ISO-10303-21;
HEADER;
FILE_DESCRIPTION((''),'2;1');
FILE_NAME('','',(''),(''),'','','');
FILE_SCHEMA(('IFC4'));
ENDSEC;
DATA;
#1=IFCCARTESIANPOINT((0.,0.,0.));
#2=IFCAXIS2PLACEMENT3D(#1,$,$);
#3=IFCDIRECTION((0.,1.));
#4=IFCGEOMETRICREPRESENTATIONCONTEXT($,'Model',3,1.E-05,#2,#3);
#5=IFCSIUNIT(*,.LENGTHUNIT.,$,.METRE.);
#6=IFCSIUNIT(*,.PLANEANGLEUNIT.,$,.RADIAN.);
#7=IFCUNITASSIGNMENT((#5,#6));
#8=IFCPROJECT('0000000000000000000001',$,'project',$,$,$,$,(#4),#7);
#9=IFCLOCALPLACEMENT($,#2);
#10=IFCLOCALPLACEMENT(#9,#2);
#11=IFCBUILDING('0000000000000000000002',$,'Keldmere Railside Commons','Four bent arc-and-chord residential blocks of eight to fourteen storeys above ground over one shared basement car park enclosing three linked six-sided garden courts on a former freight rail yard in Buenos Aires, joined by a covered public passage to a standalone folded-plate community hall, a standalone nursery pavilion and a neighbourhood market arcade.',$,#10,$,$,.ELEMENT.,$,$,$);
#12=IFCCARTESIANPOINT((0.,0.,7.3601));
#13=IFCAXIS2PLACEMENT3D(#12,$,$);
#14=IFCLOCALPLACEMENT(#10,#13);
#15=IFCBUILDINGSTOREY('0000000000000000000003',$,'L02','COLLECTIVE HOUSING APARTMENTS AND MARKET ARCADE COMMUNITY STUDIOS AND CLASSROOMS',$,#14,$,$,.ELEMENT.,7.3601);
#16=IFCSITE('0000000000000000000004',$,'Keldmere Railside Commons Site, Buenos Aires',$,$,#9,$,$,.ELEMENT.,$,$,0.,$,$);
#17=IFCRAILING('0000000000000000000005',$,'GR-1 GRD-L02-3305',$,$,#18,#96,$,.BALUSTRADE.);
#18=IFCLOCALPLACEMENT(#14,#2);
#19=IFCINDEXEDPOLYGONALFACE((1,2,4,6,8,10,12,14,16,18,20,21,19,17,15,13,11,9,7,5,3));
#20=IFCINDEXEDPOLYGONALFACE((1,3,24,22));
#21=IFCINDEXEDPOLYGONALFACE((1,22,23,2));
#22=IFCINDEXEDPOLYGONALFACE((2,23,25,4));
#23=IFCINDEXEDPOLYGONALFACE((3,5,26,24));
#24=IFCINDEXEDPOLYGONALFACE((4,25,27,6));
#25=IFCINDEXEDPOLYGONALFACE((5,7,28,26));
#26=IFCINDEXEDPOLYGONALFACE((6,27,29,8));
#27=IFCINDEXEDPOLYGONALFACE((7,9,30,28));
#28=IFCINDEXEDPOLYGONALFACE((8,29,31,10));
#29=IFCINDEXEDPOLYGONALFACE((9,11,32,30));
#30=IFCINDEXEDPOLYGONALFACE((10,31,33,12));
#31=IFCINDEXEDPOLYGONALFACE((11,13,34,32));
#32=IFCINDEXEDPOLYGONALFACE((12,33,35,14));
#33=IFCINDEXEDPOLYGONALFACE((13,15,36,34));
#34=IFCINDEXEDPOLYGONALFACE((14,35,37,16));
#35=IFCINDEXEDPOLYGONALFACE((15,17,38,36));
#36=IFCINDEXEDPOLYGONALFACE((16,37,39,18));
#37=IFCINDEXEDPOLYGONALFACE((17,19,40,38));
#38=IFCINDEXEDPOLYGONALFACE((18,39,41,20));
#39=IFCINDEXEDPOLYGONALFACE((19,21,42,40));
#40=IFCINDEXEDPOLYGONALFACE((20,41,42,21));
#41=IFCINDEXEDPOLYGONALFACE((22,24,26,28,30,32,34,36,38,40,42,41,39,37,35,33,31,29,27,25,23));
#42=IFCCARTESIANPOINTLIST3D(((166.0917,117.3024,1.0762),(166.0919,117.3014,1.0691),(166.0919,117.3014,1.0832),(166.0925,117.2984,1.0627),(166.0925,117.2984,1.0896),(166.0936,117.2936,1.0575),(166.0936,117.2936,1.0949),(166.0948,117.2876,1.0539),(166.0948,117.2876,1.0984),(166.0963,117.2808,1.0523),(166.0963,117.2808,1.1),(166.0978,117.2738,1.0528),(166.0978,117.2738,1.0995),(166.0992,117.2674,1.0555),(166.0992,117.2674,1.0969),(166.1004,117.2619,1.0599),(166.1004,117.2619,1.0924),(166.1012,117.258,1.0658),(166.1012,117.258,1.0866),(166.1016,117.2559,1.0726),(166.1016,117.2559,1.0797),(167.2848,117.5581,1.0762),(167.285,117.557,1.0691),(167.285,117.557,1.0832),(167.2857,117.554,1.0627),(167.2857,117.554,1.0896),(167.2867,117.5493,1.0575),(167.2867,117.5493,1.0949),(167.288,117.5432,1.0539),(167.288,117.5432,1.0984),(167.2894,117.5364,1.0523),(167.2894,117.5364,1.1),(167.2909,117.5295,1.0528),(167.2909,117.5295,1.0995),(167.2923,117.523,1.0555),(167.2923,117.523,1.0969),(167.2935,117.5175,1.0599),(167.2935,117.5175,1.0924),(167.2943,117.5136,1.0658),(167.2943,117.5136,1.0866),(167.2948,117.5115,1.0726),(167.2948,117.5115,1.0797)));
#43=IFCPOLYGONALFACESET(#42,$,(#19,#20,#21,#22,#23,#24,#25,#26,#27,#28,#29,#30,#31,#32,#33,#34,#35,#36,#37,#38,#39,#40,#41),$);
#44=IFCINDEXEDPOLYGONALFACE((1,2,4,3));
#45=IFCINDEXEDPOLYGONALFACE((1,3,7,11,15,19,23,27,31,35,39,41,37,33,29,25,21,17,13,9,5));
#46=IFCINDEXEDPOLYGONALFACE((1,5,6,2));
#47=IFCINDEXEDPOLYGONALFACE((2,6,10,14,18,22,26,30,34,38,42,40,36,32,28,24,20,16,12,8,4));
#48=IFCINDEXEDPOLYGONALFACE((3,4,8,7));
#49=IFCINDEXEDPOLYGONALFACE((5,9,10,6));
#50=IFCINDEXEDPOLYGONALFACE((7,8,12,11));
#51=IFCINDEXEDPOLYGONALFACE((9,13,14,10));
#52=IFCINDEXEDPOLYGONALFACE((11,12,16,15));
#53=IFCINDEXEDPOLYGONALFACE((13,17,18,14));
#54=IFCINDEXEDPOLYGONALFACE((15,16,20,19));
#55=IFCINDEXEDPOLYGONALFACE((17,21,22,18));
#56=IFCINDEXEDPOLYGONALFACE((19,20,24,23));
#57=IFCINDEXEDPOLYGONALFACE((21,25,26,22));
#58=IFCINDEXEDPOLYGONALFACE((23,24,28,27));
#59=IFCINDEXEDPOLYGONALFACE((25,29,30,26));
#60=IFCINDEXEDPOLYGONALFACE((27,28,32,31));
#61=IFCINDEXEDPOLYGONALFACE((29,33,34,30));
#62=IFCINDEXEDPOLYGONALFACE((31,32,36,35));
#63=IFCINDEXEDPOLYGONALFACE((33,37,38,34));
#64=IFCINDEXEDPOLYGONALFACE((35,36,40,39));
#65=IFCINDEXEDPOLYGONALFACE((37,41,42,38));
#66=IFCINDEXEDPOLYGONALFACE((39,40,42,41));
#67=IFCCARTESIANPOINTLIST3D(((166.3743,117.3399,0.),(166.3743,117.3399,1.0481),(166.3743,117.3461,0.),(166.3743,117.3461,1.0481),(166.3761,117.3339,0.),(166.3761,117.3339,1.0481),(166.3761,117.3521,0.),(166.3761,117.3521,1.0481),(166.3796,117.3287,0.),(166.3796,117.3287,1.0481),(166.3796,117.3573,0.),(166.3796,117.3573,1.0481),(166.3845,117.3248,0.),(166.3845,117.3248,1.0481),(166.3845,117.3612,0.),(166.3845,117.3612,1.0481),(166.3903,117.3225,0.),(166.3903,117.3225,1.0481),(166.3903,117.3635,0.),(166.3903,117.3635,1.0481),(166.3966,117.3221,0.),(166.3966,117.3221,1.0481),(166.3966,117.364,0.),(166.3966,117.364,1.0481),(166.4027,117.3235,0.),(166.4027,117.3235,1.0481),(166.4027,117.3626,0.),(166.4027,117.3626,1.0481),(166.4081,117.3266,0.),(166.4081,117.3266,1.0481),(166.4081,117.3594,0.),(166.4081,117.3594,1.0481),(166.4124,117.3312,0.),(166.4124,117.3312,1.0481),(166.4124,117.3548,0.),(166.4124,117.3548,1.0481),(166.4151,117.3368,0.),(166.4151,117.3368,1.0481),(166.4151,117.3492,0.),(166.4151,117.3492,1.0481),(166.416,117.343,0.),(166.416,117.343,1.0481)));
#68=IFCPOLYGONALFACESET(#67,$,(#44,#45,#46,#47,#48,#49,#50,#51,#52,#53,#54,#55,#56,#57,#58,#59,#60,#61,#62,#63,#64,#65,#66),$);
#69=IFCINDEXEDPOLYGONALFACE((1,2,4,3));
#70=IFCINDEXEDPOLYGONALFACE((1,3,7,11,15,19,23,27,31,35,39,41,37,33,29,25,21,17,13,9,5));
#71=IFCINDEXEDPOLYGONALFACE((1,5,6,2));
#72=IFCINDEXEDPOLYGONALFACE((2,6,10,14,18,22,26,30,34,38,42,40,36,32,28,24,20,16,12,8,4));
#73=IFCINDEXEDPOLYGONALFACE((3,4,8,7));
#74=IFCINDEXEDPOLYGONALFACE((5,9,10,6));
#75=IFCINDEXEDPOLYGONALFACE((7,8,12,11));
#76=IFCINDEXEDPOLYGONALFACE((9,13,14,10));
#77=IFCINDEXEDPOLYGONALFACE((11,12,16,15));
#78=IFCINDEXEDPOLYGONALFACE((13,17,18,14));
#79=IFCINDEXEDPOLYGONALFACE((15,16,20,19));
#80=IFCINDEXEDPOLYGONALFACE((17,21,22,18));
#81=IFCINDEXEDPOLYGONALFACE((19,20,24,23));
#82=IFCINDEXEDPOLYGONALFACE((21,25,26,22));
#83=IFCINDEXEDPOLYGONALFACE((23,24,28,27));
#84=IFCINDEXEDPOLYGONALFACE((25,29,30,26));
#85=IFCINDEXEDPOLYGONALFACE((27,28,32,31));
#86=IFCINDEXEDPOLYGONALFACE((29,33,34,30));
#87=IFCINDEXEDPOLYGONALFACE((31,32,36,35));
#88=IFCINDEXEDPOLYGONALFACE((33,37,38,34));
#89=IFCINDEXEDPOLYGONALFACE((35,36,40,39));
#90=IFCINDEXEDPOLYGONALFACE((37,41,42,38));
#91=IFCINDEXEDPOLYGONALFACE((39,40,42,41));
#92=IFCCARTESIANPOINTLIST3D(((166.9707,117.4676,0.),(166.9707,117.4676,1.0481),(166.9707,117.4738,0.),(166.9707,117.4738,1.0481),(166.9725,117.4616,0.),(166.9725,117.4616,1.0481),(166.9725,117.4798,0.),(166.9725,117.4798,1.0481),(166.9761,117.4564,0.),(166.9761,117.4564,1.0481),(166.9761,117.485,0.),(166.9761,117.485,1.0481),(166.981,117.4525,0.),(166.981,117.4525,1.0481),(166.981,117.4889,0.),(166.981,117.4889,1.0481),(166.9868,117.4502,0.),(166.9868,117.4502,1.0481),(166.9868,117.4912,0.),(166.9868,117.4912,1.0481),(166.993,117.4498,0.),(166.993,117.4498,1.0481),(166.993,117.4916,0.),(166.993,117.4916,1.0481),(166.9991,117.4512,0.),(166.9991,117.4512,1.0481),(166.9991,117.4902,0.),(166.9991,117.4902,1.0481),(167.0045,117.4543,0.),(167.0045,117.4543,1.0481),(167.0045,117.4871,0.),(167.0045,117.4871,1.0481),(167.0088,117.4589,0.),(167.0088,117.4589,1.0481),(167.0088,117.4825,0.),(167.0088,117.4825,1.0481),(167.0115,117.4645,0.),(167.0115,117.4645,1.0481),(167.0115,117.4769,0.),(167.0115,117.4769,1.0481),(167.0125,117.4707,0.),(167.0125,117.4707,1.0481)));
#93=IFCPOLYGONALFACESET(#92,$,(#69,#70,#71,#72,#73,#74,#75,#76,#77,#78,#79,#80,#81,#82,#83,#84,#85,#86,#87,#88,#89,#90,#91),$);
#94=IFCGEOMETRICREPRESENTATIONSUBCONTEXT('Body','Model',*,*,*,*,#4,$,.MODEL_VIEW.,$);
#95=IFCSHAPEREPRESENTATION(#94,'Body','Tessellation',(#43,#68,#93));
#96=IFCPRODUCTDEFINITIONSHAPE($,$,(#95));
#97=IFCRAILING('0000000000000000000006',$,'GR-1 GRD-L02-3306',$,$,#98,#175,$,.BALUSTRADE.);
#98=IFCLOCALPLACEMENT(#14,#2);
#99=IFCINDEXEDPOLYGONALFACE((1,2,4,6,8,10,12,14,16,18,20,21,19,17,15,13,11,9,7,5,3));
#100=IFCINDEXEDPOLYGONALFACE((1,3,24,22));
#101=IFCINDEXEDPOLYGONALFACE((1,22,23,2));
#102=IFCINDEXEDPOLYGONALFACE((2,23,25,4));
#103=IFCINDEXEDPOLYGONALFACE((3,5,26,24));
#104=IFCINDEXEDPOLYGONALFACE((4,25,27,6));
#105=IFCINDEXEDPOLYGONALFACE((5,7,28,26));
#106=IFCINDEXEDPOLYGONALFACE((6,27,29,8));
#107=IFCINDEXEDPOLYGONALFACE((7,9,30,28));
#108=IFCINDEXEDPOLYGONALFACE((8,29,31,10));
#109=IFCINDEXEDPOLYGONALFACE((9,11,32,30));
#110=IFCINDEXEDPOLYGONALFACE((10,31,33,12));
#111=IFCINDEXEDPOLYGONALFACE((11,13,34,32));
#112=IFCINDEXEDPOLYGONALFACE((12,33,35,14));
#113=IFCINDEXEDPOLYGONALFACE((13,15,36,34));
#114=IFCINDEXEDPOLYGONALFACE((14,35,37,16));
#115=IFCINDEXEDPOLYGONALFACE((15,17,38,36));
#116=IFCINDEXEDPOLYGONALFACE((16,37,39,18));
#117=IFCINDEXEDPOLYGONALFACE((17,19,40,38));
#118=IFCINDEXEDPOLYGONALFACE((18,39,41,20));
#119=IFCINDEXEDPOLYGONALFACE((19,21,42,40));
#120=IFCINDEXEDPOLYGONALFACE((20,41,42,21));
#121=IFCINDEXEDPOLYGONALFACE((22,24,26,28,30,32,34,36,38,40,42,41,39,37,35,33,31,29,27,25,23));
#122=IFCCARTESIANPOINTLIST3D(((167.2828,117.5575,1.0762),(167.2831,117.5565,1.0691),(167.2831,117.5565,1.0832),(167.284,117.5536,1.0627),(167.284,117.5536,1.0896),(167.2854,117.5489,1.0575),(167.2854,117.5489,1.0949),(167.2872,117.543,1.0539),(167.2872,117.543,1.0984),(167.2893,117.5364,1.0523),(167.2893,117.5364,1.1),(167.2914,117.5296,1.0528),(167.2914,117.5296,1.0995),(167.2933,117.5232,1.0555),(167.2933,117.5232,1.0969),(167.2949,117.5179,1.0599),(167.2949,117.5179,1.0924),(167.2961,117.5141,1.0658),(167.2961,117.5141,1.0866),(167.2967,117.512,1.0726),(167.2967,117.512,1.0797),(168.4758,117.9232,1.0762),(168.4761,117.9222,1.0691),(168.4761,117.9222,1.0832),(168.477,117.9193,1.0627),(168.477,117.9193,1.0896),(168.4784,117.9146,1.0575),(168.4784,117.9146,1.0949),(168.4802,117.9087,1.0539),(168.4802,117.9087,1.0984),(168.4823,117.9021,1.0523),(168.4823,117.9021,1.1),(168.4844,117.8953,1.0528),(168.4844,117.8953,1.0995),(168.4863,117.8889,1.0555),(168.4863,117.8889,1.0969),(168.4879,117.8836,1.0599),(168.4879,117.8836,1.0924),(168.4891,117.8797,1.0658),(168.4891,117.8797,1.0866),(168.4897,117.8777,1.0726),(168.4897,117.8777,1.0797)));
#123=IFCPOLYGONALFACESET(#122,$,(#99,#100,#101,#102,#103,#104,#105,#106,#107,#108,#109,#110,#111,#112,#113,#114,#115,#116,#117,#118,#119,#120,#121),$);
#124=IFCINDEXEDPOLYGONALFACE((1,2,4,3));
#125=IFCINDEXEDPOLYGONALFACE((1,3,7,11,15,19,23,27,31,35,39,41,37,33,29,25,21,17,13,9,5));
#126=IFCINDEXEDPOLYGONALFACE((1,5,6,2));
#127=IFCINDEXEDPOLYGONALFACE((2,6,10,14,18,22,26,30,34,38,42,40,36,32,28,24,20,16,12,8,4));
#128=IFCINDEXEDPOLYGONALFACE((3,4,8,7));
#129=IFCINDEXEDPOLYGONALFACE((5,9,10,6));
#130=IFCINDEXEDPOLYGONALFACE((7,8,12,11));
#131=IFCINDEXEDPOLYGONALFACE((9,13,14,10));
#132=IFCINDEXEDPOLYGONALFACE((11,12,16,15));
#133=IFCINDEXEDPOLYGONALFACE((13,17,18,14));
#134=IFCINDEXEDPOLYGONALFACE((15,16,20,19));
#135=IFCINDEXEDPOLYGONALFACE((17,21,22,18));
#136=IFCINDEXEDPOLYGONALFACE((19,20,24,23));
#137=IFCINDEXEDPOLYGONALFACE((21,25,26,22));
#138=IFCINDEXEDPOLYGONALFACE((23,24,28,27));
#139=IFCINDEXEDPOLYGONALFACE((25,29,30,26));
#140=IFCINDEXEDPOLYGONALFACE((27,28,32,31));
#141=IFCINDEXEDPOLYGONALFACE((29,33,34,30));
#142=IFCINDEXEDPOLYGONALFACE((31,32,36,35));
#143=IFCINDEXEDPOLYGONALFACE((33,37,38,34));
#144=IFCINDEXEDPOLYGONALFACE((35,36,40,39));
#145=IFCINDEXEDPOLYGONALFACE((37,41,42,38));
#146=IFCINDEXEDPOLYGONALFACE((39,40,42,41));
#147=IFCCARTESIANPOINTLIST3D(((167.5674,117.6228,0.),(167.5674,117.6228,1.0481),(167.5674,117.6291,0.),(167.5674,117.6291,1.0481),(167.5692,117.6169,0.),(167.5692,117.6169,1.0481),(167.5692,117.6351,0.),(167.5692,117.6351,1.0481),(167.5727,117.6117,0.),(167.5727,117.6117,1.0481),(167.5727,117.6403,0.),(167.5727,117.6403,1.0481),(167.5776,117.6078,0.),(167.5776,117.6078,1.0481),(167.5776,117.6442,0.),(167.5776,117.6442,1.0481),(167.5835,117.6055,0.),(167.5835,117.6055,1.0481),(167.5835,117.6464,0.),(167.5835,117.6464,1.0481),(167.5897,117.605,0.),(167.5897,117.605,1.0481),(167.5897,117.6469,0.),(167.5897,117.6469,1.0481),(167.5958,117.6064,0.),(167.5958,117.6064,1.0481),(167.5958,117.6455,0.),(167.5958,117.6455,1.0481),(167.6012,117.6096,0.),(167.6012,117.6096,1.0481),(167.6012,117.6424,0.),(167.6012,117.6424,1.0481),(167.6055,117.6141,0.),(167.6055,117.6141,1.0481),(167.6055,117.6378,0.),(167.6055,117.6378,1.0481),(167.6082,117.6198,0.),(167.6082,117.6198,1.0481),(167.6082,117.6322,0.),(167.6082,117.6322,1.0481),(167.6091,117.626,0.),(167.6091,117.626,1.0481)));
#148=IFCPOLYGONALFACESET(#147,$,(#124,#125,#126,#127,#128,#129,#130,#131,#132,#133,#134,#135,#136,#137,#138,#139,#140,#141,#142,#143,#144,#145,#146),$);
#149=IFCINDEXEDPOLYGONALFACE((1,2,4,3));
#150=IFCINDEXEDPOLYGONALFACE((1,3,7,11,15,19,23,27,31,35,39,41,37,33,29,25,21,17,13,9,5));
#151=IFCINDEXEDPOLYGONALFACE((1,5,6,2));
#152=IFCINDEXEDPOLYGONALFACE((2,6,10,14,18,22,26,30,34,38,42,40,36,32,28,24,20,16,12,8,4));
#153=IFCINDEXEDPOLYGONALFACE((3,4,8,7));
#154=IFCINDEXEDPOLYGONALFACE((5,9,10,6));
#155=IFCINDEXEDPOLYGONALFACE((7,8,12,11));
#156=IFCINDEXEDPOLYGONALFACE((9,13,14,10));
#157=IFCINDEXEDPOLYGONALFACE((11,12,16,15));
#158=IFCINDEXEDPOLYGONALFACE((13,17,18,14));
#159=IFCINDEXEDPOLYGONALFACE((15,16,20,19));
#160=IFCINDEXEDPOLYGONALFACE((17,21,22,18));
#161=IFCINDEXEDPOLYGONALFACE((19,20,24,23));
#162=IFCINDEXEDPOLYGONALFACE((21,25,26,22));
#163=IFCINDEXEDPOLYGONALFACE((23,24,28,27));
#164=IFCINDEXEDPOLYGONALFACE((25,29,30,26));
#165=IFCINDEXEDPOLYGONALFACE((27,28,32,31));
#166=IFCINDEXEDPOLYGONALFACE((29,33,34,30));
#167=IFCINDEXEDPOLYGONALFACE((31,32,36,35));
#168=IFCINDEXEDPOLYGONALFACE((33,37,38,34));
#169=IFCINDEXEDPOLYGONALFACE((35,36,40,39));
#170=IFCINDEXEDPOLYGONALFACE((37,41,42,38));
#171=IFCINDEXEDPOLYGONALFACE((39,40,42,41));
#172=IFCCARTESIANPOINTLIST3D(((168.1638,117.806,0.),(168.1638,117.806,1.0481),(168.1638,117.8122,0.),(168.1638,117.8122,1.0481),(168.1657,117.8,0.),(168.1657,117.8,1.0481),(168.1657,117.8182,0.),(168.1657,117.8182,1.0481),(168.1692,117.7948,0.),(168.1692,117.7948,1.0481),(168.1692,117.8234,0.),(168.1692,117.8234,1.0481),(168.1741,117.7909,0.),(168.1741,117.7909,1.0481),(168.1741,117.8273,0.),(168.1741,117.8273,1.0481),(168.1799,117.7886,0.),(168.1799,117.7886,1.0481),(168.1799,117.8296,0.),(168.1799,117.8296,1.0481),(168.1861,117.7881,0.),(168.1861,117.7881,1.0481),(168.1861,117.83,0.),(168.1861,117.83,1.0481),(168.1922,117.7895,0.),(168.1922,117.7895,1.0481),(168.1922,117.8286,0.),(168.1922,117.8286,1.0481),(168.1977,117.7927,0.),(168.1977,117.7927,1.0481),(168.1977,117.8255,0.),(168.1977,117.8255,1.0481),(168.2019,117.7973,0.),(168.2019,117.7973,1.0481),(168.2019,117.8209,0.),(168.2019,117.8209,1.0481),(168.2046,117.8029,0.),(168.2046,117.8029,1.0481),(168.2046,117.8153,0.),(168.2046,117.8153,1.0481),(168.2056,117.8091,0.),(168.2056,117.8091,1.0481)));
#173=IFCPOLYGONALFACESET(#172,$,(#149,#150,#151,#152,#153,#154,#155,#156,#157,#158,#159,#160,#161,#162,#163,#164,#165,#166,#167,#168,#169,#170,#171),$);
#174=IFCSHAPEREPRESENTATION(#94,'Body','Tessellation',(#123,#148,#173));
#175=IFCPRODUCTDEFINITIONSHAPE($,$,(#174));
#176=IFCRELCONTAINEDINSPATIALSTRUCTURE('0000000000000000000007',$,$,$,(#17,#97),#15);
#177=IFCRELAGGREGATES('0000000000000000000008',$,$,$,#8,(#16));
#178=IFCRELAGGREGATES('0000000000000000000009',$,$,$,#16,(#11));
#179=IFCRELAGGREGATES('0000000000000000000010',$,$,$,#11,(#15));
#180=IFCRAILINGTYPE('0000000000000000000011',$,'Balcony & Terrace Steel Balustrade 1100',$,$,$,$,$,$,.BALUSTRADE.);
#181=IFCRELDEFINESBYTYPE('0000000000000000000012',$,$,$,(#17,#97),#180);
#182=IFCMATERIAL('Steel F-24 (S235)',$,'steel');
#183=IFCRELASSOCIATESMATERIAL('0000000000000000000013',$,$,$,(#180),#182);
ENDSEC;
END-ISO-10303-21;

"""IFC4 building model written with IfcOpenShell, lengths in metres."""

from ifc_helpers import new_model, si_unit, direction, frame, origin, origin_2d, place, context, subcontext, project, spatial, circle, extrude, material, type_object, element, save


model = new_model("IFC4")

# Units and contexts
model_context = context("Model", 3, precision=1e-05, world=origin(), true_north=direction((0.0, 1.0)))
body_context = subcontext(model_context, "Body", "Model", "MODEL_VIEW")
ifc_project = project(units=[si_unit("LENGTHUNIT", "METRE"), si_unit("PLANEANGLEUNIT", "RADIAN")], contexts=[model_context])

# Site, building, storey
site_placement = place(None, origin())
site = spatial("IfcSite", under=ifc_project, at=site_placement, Name="Keldmere Railside Commons Site, Buenos Aires", CompositionType="ELEMENT", RefElevation=0.0)
building_placement = place(site_placement, origin())
building = spatial("IfcBuilding", under=site, at=building_placement, Name="Keldmere Railside Commons", Description="Four bent arc-and-chord residential blocks of eight to fourteen storeys above ground over one shared basement car park enclosing three linked six-sided garden courts on a former freight rail yard in Buenos Aires, joined by a covered public passage to a standalone folded-plate community hall, a standalone nursery pavilion and a neighbourhood market arcade.", CompositionType="ELEMENT")
storey_placement = place(building_placement, frame((0.0, 0.0, 7.3601)))
storey = spatial("IfcBuildingStorey", under=building, at=storey_placement, Name="L02", Description="COLLECTIVE HOUSING APARTMENTS AND MARKET ARCADE COMMUNITY STUDIOS AND CLASSROOMS", CompositionType="ELEMENT", Elevation=7.3601)

# Railings
ifc_material_1 = material(Name="Steel F-24 (S235)", Category="steel")
railing_type = type_object("IfcRailingType", Name="Balcony & Terrace Steel Balustrade 1100", PredefinedType="BALUSTRADE", material=ifc_material_1)
railing_1_placement = place(storey_placement, frame((166.0967, 117.2791, 0.0)))
element("IfcRailing", 1, at=railing_1_placement, inside=storey, type_object=railing_type, Name="GR-1 GRD-L02-3305", PredefinedType="BALUSTRADE", context=body_context, shape_type="SweptSolid", body=[
    extrude(circle(Radius=0.0239, at=origin_2d()), frame((0.0, 0.0, 1.0762), z_axis=(0.977811, 0.209488, 0.0), x_axis=(-0.209488, 0.977811, 0.0)), (0.0, 0.0, 1.0), 1.2202),
    extrude(circle(Radius=0.021, at=origin_2d()), frame((0.2983, 0.064, 0.0)), (0.0, 0.0, 1.0), 1.0481),
    extrude(circle(Radius=0.021, at=origin_2d()), frame((0.8948, 0.1917, 0.0)), (0.0, 0.0, 1.0), 1.0481),
])
railing_2_placement = place(storey_placement, frame((167.2898, 117.5347, 0.0)))
element("IfcRailing", 2, at=railing_2_placement, inside=storey, type_object=railing_type, Name="GR-1 GRD-L02-3306", PredefinedType="BALUSTRADE", context=body_context, shape_type="SweptSolid", body=[
    extrude(circle(Radius=0.0239, at=origin_2d()), frame((0.0, 0.0, 1.0762), z_axis=(0.956091, 0.293068, 0.0), x_axis=(-0.293068, 0.956091, 0.0)), (0.0, 0.0, 1.0), 1.2478),
    extrude(circle(Radius=0.021, at=origin_2d()), frame((0.2983, 0.0913, 0.0)), (0.0, 0.0, 1.0), 1.0481),
    extrude(circle(Radius=0.021, at=origin_2d()), frame((0.8948, 0.2744, 0.0)), (0.0, 0.0, 1.0), 1.0481),
])

save(model, "model.ifc")
